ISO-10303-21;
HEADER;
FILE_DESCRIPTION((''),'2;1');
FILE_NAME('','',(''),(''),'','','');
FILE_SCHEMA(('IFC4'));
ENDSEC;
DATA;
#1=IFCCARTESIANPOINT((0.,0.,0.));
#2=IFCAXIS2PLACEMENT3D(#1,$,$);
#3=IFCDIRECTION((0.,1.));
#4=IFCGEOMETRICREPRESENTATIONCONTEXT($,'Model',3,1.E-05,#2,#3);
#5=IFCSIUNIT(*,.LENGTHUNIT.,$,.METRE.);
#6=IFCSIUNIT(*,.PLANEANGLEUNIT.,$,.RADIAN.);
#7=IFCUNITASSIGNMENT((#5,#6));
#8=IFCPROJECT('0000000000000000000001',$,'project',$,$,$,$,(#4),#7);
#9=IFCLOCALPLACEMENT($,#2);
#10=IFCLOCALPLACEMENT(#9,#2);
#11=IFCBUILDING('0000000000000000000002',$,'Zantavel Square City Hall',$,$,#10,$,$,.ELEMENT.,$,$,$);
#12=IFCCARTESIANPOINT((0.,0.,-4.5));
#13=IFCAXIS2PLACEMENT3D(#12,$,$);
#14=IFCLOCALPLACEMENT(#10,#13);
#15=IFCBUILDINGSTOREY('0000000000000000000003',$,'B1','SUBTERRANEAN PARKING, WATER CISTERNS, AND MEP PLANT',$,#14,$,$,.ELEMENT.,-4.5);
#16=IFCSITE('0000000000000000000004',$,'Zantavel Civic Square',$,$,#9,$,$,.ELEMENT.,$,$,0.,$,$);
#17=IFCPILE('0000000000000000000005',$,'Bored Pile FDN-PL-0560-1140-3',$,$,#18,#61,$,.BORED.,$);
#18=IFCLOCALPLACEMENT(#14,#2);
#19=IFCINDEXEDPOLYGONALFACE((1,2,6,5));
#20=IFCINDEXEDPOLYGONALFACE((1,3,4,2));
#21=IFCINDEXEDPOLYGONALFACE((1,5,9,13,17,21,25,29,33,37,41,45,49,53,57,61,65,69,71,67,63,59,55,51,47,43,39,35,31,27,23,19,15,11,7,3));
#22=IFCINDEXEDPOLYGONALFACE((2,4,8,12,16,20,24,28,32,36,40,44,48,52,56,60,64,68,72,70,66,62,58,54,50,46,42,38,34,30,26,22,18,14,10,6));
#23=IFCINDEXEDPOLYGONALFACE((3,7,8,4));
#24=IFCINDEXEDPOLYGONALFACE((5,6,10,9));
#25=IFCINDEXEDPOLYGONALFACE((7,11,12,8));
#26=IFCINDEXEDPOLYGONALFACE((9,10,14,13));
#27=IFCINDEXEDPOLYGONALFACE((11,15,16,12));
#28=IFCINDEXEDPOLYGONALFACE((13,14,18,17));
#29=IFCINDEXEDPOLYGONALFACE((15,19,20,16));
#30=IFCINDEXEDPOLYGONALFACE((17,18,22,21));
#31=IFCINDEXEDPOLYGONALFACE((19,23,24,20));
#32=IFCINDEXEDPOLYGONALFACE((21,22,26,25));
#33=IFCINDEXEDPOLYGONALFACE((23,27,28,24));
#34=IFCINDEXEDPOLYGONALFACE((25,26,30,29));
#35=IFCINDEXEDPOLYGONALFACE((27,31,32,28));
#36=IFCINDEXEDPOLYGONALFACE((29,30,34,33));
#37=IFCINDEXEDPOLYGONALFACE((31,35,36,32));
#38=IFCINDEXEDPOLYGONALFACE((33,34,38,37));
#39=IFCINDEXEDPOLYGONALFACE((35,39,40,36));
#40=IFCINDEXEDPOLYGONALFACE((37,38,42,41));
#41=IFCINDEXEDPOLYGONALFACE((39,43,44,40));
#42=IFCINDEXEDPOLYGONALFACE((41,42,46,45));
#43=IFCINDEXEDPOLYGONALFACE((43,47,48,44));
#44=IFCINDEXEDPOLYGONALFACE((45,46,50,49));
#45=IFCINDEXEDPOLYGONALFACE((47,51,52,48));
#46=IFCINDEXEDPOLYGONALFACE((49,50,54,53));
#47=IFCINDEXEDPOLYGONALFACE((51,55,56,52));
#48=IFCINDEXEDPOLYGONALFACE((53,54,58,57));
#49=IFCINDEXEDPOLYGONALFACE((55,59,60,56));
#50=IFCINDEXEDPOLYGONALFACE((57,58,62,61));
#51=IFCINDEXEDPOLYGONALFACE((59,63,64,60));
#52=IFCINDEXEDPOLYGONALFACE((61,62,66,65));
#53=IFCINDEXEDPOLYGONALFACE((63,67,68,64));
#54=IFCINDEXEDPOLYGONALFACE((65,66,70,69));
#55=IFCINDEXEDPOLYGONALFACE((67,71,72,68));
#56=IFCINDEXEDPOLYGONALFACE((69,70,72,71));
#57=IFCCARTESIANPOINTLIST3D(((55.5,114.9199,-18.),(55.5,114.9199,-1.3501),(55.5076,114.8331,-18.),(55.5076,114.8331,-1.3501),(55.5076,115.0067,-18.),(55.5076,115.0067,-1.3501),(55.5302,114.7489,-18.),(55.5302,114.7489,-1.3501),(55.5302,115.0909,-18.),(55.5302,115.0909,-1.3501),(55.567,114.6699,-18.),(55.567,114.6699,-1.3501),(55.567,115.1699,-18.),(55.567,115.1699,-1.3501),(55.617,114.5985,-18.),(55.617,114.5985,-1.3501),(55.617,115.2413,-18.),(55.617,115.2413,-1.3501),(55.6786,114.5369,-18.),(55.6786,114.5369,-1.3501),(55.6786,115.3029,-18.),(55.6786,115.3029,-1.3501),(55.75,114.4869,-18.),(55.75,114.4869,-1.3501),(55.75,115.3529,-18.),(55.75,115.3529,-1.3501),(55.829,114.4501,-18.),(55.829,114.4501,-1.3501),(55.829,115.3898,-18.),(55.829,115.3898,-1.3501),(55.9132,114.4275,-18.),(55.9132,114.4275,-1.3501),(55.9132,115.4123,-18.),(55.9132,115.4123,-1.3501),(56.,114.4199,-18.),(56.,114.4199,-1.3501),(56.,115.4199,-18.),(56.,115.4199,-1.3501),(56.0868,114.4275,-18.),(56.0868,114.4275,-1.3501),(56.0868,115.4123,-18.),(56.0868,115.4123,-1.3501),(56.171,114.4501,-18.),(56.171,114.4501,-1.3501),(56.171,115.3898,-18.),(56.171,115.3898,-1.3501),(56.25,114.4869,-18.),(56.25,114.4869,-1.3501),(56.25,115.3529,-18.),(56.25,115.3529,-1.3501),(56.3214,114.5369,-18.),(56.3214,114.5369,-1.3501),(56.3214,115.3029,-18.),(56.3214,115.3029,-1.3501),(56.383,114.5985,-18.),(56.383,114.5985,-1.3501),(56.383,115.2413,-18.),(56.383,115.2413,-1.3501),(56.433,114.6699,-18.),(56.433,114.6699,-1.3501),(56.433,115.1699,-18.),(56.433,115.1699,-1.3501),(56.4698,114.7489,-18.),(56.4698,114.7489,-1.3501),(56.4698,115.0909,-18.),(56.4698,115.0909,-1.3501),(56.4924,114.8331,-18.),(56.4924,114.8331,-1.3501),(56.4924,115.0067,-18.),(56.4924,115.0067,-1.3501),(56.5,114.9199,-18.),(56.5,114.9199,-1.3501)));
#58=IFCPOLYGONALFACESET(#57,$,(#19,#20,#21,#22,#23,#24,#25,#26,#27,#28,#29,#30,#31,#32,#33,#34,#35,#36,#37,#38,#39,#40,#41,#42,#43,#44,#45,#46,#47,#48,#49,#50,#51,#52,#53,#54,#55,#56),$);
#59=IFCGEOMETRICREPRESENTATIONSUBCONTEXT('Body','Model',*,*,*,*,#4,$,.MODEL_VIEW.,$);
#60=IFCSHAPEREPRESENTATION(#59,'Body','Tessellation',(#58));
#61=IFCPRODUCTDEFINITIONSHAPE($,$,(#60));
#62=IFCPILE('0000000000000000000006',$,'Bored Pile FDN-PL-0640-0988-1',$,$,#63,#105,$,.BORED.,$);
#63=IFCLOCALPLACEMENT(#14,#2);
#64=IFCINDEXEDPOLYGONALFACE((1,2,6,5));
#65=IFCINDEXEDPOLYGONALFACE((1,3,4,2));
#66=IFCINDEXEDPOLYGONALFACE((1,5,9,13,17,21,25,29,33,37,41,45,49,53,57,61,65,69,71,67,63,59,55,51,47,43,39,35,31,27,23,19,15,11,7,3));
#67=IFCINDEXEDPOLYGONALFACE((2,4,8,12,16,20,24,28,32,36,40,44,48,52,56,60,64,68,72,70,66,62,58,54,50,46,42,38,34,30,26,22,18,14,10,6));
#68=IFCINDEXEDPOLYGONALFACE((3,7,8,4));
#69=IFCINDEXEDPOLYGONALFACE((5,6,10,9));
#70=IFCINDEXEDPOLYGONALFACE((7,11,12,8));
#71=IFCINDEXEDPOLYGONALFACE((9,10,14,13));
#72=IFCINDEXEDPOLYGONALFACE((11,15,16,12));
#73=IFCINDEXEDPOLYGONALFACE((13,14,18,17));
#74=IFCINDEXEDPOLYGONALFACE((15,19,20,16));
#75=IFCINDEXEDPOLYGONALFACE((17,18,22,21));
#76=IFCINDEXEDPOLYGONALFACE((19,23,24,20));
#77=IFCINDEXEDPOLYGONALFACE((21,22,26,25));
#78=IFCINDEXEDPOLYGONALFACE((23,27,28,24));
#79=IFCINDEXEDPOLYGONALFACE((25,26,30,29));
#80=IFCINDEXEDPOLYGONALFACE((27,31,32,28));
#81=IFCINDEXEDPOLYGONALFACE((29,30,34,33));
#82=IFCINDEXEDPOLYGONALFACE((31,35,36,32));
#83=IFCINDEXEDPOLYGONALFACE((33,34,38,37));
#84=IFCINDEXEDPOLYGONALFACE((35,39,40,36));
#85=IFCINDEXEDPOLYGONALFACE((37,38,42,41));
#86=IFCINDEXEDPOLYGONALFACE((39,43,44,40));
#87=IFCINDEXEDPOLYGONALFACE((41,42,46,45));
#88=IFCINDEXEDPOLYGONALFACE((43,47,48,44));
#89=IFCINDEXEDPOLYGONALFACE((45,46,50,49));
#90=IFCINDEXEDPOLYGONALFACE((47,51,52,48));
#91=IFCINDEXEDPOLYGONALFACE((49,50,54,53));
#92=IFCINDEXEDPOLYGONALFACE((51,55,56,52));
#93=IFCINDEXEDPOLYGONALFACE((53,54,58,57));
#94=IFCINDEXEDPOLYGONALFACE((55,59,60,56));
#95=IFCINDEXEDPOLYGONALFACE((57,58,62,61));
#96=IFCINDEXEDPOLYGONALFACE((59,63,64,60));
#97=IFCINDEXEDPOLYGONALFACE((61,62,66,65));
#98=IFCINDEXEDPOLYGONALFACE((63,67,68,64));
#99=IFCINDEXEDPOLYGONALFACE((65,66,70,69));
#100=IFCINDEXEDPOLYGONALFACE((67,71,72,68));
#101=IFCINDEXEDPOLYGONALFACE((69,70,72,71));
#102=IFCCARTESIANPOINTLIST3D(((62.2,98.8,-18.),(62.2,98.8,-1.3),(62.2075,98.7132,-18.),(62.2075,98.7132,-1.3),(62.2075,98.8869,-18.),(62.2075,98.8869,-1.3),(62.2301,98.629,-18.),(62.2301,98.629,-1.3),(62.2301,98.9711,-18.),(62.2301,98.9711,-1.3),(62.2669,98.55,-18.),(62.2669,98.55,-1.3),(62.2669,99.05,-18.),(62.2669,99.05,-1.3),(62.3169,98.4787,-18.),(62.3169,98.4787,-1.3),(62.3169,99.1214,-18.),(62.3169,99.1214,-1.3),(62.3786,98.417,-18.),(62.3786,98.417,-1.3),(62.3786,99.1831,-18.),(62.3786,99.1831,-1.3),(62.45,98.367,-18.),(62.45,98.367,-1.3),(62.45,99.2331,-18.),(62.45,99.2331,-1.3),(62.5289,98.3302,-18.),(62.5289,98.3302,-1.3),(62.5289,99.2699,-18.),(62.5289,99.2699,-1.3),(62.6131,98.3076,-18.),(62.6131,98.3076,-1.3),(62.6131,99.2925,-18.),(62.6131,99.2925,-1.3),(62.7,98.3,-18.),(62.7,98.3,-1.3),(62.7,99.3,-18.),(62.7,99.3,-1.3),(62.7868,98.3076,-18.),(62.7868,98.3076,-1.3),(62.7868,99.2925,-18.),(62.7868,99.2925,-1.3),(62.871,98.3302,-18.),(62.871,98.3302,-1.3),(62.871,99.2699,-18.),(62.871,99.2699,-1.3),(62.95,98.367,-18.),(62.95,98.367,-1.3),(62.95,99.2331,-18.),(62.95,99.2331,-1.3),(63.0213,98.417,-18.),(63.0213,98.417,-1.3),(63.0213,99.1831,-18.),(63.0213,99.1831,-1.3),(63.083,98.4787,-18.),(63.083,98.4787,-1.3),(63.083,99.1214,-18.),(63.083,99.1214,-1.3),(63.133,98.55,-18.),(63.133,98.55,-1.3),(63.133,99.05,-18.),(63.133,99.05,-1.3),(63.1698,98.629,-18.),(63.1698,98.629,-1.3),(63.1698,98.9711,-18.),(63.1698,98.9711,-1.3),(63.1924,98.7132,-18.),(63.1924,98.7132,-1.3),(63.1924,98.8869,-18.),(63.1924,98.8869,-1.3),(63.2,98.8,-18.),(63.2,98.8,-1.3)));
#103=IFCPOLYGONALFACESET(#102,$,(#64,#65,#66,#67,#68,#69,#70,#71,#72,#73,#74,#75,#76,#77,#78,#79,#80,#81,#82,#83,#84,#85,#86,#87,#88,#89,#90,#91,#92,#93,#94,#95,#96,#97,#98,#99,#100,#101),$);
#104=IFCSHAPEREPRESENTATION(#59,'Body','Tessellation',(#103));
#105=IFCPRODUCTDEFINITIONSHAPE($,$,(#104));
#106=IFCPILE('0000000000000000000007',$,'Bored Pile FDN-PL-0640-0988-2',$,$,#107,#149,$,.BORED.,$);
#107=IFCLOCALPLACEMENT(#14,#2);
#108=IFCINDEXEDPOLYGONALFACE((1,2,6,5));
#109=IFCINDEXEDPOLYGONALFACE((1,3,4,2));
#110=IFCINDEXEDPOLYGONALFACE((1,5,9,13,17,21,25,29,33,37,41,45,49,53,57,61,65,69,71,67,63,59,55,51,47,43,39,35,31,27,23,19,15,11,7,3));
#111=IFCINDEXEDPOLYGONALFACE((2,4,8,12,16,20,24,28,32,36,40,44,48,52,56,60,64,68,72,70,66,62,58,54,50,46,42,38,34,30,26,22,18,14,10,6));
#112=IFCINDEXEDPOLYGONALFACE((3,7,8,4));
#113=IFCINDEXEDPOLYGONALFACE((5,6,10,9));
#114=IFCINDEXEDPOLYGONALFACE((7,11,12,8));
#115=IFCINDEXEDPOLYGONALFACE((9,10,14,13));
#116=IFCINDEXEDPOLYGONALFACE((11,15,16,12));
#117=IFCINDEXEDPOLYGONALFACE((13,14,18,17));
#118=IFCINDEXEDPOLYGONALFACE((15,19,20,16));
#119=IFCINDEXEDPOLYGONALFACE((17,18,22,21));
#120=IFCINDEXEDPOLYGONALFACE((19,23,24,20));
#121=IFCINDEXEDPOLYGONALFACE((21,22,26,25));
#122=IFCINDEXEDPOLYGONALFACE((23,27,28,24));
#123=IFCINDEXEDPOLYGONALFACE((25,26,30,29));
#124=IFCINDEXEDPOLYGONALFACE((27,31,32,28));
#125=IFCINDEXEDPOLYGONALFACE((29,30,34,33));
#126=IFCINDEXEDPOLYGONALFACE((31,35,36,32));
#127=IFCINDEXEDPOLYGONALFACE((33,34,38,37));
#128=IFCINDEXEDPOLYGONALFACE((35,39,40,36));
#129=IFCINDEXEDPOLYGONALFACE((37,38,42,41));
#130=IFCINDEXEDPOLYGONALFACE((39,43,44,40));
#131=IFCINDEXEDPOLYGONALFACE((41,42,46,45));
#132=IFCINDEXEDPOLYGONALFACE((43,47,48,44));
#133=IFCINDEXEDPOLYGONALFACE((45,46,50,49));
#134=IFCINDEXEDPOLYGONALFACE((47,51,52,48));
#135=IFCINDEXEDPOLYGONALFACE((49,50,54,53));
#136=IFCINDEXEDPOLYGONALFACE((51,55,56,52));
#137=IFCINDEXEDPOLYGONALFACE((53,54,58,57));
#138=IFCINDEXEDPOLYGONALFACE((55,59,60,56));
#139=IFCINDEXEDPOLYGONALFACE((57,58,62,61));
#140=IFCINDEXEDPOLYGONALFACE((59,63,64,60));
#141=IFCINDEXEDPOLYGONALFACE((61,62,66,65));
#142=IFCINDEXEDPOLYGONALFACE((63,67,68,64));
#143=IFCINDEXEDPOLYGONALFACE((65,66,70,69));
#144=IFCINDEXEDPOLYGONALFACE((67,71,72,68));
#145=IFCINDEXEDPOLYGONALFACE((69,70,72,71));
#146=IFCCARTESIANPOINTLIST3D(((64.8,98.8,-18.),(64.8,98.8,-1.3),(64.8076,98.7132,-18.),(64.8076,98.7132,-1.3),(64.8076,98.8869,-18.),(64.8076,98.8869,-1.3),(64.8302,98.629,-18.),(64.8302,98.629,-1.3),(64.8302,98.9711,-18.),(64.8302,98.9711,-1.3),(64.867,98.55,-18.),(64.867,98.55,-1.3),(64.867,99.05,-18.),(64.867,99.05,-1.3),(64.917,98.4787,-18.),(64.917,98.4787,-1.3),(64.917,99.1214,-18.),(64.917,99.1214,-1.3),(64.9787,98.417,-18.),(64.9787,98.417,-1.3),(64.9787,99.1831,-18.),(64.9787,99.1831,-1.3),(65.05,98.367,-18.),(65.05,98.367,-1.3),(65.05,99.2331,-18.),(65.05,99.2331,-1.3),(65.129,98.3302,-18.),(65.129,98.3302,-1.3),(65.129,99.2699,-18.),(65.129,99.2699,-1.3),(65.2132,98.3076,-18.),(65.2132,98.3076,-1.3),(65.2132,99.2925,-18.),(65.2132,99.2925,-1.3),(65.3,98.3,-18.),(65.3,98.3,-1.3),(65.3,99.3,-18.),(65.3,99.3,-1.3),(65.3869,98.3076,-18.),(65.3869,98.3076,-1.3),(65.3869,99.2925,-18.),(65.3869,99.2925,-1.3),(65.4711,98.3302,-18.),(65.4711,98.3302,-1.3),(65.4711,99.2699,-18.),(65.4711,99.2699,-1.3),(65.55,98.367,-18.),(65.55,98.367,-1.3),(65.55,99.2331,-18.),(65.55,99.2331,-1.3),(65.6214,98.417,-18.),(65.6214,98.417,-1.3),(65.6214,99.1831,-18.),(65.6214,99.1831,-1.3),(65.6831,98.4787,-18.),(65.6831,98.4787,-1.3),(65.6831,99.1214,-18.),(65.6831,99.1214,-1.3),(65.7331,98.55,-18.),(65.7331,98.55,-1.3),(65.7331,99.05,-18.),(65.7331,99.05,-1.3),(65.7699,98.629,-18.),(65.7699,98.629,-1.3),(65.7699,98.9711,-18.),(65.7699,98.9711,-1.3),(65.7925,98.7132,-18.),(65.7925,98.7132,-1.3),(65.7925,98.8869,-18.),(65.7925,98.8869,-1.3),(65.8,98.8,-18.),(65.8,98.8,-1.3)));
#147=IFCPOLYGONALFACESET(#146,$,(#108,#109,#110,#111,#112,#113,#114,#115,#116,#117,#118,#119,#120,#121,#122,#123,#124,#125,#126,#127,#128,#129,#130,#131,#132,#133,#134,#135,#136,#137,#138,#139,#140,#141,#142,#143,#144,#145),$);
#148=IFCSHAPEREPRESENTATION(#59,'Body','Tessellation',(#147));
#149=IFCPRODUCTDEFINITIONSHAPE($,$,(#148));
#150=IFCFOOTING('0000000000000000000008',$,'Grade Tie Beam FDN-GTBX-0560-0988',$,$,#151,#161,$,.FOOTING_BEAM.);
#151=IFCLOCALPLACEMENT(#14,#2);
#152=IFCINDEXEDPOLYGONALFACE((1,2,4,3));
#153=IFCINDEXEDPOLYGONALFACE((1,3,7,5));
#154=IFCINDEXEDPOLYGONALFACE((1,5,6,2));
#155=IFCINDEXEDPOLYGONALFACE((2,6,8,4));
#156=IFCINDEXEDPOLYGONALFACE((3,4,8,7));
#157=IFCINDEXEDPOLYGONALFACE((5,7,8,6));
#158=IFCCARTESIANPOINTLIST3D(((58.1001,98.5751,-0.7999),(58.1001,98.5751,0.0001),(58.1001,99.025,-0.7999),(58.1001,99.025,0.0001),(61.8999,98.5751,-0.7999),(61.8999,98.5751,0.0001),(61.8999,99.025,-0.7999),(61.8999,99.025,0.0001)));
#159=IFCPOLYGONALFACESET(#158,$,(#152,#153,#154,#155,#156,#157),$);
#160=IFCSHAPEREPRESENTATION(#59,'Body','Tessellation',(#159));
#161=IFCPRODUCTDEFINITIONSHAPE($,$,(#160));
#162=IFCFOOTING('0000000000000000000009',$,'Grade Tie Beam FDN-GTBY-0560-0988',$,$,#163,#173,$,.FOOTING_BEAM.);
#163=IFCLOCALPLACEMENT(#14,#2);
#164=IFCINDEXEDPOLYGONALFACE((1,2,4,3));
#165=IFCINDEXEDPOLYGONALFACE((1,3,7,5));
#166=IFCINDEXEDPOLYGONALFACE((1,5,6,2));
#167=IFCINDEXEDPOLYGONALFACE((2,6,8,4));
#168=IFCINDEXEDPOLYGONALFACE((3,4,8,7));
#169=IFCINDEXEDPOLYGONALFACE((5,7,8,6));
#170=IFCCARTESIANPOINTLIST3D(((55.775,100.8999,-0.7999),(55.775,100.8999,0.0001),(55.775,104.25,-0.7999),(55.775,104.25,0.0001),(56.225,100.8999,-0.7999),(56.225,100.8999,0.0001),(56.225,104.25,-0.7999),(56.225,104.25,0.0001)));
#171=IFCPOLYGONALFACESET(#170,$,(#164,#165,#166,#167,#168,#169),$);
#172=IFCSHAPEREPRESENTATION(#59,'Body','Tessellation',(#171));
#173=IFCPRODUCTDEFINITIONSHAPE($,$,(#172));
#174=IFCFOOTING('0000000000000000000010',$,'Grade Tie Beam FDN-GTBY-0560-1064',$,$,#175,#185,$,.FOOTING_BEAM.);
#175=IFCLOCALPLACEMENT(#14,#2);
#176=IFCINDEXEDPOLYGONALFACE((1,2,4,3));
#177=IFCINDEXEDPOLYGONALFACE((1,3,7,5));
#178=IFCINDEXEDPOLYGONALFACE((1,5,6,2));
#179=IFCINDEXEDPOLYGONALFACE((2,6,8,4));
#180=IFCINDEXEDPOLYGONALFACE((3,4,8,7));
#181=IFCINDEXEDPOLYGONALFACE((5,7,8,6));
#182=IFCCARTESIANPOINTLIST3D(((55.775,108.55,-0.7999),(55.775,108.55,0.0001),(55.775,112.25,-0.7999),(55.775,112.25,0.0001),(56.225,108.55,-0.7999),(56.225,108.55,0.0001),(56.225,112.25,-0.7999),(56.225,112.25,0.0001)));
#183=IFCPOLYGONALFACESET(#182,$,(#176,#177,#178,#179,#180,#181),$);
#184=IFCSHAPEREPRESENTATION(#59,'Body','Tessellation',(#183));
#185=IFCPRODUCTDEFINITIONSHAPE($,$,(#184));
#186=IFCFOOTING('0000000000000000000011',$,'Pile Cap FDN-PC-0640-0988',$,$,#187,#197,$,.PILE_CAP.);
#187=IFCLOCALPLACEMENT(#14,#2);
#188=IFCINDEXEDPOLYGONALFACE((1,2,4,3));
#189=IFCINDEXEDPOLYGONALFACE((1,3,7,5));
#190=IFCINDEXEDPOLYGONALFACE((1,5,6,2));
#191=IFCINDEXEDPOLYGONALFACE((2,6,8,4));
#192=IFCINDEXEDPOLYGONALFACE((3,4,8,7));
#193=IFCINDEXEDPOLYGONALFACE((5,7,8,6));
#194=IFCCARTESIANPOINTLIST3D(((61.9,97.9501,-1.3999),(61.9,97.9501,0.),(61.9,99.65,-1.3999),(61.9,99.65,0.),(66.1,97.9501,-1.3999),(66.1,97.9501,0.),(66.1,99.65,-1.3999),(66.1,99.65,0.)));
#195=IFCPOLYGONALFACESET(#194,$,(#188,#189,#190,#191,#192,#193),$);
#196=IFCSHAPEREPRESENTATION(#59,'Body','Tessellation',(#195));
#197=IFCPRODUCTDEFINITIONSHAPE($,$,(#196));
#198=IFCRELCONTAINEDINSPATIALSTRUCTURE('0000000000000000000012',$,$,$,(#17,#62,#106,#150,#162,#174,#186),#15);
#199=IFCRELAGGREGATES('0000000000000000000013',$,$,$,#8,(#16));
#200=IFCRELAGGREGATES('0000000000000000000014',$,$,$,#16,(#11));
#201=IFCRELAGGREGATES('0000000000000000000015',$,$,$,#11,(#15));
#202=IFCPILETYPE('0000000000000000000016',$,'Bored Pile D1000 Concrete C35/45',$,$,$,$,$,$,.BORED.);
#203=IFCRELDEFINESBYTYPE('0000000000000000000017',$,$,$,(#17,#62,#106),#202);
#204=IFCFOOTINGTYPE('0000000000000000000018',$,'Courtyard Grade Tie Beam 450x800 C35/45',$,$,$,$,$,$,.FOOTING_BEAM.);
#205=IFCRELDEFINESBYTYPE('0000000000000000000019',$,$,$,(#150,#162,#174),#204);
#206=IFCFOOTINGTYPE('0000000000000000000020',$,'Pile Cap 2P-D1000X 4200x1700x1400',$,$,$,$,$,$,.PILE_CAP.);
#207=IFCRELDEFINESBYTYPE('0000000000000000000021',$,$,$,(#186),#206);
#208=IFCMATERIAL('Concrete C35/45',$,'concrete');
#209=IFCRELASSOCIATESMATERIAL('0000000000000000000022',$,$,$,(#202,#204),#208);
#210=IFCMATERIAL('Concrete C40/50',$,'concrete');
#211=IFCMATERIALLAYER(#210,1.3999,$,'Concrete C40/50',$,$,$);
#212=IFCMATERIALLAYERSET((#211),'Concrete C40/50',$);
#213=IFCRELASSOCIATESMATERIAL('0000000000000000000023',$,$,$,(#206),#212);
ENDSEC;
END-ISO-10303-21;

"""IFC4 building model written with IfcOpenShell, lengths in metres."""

from ifc_helpers import new_model, si_unit, direction, frame, origin, origin_2d, place, context, subcontext, project, spatial, rectangle, circle, extrude, material, layer, layer_set, material_profile, profile_set, type_object, element, save


model = new_model("IFC4")

# Units and contexts
model_context = context("Model", 3, precision=1e-05, world=origin(), true_north=direction((0.0, 1.0)))
body_context = subcontext(model_context, "Body", "Model", "MODEL_VIEW")
ifc_project = project(units=[si_unit("LENGTHUNIT", "METRE"), si_unit("PLANEANGLEUNIT", "RADIAN")], contexts=[model_context])

# Site, building, storey
site_placement = place(None, origin())
site = spatial("IfcSite", under=ifc_project, at=site_placement, Name="Zantavel Civic Square", CompositionType="ELEMENT", RefElevation=0.0)
building_placement = place(site_placement, origin())
building = spatial("IfcBuilding", under=site, at=building_placement, Name="Zantavel Square City Hall", CompositionType="ELEMENT")
storey_placement = place(building_placement, frame((0.0, 0.0, -4.5)))
storey = spatial("IfcBuildingStorey", under=building, at=storey_placement, Name="B1", Description="SUBTERRANEAN PARKING, WATER CISTERNS, AND MEP PLANT", CompositionType="ELEMENT", Elevation=-4.5)

# Piles
ifc_material_1 = material(Name="Concrete C35/45", Category="concrete")
ifc_material_profile_1 = material_profile(ifc_material_1, circle(Radius=0.5, at=origin_2d()), Name="PILE D1000")
ifc_profile_set_1 = profile_set([ifc_material_profile_1], Name="Concrete C35/45")
pile_type = type_object("IfcPileType", Name="Bored Pile D1000 Concrete C35/45", PredefinedType="BORED", material=ifc_profile_set_1)
for number, where, z_axis, x_axis, name in (
    (1, (56.0, 114.9199, -1.3501), (0.0, 0.0, -1.0), (1.0, 0.0, 0.0), "Bored Pile FDN-PL-0560-1140-3"),
):
    element("IfcPile", number, at=place(storey_placement, frame(where, z_axis=z_axis, x_axis=x_axis)), inside=storey, type_object=pile_type, Name=name, PredefinedType="BORED", context=body_context, shape_type="SweptSolid", body=[
        extrude(circle(Radius=0.5, at=origin_2d()), origin(), (0.0, 0.0, 1.0), 16.6499),
    ])
for number, where, z_axis, x_axis, name in (
    (2, (62.7, 98.8, -1.3), (0.0, 0.0, -1.0), (1.0, 0.0, 0.0), "Bored Pile FDN-PL-0640-0988-1"),
    (3, (65.3, 98.8, -1.3), (0.0, 0.0, -1.0), (1.0, 0.0, 0.0), "Bored Pile FDN-PL-0640-0988-2"),
):
    element("IfcPile", number, at=place(storey_placement, frame(where, z_axis=z_axis, x_axis=x_axis)), inside=storey, type_object=pile_type, Name=name, PredefinedType="BORED", context=body_context, shape_type="SweptSolid", body=[
        extrude(circle(Radius=0.5, at=origin_2d()), origin(), (0.0, 0.0, 1.0), 16.7),
    ])

# Footings
ifc_material_profile_2 = material_profile(ifc_material_1, rectangle(XDim=0.45, YDim=0.8, at=origin_2d()), Name="RC 450x800")
ifc_profile_set_2 = profile_set([ifc_material_profile_2], Name="Concrete C35/45")
footing_type_1 = type_object("IfcFootingType", Name="Courtyard Grade Tie Beam 450x800 C35/45", PredefinedType="FOOTING_BEAM", material=ifc_profile_set_2)
footing_1_placement = place(storey_placement, frame((58.1001, 98.8, -0.3999), z_axis=(1.0, 0.0, 0.0), x_axis=(0.0, 1.0, 0.0)))
element("IfcFooting", 4, at=footing_1_placement, inside=storey, type_object=footing_type_1, Name="Grade Tie Beam FDN-GTBX-0560-0988", PredefinedType="FOOTING_BEAM", context=body_context, shape_type="SweptSolid", body=[
    extrude(rectangle(XDim=0.45, YDim=0.8, at=origin_2d()), origin(), (0.0, 0.0, 1.0), 3.7998),
])
footing_2_placement = place(storey_placement, frame((56.0, 100.8999, -0.3999), z_axis=(0.0, 1.0, 0.0), x_axis=(-1.0, 0.0, 0.0)))
element("IfcFooting", 5, at=footing_2_placement, inside=storey, type_object=footing_type_1, Name="Grade Tie Beam FDN-GTBY-0560-0988", PredefinedType="FOOTING_BEAM", context=body_context, shape_type="SweptSolid", body=[
    extrude(rectangle(XDim=0.45, YDim=0.8, at=origin_2d()), origin(), (0.0, 0.0, 1.0), 3.3501),
])
footing_3_placement = place(storey_placement, frame((56.0, 108.55, -0.3999), z_axis=(0.0, 1.0, 0.0), x_axis=(-1.0, 0.0, 0.0)))
element("IfcFooting", 6, at=footing_3_placement, inside=storey, type_object=footing_type_1, Name="Grade Tie Beam FDN-GTBY-0560-1064", PredefinedType="FOOTING_BEAM", context=body_context, shape_type="SweptSolid", body=[
    extrude(rectangle(XDim=0.45, YDim=0.8, at=origin_2d()), origin(), (0.0, 0.0, 1.0), 3.7),
])
ifc_material_2 = material(Name="Concrete C40/50", Category="concrete")
ifc_layer_1 = layer(ifc_material_2, 1.3999, Name="Concrete C40/50")
ifc_layer_set_1 = layer_set([ifc_layer_1], Name="Concrete C40/50")
footing_type_2 = type_object("IfcFootingType", Name="Pile Cap 2P-D1000X 4200x1700x1400", PredefinedType="PILE_CAP", material=ifc_layer_set_1)
footing_4_placement = place(storey_placement, frame((64.0, 98.8, -1.3999), z_axis=(0.0, 0.0, 1.0), x_axis=(1.0, 0.0, 0.0)))
element("IfcFooting", 7, at=footing_4_placement, inside=storey, type_object=footing_type_2, Name="Pile Cap FDN-PC-0640-0988", PredefinedType="PILE_CAP", context=body_context, shape_type="SweptSolid", body=[
    extrude(rectangle(XDim=4.2, YDim=1.7, at=origin_2d()), origin(), (0.0, 0.0, 1.0), 1.3999),
])

save(model, "model.ifc")
